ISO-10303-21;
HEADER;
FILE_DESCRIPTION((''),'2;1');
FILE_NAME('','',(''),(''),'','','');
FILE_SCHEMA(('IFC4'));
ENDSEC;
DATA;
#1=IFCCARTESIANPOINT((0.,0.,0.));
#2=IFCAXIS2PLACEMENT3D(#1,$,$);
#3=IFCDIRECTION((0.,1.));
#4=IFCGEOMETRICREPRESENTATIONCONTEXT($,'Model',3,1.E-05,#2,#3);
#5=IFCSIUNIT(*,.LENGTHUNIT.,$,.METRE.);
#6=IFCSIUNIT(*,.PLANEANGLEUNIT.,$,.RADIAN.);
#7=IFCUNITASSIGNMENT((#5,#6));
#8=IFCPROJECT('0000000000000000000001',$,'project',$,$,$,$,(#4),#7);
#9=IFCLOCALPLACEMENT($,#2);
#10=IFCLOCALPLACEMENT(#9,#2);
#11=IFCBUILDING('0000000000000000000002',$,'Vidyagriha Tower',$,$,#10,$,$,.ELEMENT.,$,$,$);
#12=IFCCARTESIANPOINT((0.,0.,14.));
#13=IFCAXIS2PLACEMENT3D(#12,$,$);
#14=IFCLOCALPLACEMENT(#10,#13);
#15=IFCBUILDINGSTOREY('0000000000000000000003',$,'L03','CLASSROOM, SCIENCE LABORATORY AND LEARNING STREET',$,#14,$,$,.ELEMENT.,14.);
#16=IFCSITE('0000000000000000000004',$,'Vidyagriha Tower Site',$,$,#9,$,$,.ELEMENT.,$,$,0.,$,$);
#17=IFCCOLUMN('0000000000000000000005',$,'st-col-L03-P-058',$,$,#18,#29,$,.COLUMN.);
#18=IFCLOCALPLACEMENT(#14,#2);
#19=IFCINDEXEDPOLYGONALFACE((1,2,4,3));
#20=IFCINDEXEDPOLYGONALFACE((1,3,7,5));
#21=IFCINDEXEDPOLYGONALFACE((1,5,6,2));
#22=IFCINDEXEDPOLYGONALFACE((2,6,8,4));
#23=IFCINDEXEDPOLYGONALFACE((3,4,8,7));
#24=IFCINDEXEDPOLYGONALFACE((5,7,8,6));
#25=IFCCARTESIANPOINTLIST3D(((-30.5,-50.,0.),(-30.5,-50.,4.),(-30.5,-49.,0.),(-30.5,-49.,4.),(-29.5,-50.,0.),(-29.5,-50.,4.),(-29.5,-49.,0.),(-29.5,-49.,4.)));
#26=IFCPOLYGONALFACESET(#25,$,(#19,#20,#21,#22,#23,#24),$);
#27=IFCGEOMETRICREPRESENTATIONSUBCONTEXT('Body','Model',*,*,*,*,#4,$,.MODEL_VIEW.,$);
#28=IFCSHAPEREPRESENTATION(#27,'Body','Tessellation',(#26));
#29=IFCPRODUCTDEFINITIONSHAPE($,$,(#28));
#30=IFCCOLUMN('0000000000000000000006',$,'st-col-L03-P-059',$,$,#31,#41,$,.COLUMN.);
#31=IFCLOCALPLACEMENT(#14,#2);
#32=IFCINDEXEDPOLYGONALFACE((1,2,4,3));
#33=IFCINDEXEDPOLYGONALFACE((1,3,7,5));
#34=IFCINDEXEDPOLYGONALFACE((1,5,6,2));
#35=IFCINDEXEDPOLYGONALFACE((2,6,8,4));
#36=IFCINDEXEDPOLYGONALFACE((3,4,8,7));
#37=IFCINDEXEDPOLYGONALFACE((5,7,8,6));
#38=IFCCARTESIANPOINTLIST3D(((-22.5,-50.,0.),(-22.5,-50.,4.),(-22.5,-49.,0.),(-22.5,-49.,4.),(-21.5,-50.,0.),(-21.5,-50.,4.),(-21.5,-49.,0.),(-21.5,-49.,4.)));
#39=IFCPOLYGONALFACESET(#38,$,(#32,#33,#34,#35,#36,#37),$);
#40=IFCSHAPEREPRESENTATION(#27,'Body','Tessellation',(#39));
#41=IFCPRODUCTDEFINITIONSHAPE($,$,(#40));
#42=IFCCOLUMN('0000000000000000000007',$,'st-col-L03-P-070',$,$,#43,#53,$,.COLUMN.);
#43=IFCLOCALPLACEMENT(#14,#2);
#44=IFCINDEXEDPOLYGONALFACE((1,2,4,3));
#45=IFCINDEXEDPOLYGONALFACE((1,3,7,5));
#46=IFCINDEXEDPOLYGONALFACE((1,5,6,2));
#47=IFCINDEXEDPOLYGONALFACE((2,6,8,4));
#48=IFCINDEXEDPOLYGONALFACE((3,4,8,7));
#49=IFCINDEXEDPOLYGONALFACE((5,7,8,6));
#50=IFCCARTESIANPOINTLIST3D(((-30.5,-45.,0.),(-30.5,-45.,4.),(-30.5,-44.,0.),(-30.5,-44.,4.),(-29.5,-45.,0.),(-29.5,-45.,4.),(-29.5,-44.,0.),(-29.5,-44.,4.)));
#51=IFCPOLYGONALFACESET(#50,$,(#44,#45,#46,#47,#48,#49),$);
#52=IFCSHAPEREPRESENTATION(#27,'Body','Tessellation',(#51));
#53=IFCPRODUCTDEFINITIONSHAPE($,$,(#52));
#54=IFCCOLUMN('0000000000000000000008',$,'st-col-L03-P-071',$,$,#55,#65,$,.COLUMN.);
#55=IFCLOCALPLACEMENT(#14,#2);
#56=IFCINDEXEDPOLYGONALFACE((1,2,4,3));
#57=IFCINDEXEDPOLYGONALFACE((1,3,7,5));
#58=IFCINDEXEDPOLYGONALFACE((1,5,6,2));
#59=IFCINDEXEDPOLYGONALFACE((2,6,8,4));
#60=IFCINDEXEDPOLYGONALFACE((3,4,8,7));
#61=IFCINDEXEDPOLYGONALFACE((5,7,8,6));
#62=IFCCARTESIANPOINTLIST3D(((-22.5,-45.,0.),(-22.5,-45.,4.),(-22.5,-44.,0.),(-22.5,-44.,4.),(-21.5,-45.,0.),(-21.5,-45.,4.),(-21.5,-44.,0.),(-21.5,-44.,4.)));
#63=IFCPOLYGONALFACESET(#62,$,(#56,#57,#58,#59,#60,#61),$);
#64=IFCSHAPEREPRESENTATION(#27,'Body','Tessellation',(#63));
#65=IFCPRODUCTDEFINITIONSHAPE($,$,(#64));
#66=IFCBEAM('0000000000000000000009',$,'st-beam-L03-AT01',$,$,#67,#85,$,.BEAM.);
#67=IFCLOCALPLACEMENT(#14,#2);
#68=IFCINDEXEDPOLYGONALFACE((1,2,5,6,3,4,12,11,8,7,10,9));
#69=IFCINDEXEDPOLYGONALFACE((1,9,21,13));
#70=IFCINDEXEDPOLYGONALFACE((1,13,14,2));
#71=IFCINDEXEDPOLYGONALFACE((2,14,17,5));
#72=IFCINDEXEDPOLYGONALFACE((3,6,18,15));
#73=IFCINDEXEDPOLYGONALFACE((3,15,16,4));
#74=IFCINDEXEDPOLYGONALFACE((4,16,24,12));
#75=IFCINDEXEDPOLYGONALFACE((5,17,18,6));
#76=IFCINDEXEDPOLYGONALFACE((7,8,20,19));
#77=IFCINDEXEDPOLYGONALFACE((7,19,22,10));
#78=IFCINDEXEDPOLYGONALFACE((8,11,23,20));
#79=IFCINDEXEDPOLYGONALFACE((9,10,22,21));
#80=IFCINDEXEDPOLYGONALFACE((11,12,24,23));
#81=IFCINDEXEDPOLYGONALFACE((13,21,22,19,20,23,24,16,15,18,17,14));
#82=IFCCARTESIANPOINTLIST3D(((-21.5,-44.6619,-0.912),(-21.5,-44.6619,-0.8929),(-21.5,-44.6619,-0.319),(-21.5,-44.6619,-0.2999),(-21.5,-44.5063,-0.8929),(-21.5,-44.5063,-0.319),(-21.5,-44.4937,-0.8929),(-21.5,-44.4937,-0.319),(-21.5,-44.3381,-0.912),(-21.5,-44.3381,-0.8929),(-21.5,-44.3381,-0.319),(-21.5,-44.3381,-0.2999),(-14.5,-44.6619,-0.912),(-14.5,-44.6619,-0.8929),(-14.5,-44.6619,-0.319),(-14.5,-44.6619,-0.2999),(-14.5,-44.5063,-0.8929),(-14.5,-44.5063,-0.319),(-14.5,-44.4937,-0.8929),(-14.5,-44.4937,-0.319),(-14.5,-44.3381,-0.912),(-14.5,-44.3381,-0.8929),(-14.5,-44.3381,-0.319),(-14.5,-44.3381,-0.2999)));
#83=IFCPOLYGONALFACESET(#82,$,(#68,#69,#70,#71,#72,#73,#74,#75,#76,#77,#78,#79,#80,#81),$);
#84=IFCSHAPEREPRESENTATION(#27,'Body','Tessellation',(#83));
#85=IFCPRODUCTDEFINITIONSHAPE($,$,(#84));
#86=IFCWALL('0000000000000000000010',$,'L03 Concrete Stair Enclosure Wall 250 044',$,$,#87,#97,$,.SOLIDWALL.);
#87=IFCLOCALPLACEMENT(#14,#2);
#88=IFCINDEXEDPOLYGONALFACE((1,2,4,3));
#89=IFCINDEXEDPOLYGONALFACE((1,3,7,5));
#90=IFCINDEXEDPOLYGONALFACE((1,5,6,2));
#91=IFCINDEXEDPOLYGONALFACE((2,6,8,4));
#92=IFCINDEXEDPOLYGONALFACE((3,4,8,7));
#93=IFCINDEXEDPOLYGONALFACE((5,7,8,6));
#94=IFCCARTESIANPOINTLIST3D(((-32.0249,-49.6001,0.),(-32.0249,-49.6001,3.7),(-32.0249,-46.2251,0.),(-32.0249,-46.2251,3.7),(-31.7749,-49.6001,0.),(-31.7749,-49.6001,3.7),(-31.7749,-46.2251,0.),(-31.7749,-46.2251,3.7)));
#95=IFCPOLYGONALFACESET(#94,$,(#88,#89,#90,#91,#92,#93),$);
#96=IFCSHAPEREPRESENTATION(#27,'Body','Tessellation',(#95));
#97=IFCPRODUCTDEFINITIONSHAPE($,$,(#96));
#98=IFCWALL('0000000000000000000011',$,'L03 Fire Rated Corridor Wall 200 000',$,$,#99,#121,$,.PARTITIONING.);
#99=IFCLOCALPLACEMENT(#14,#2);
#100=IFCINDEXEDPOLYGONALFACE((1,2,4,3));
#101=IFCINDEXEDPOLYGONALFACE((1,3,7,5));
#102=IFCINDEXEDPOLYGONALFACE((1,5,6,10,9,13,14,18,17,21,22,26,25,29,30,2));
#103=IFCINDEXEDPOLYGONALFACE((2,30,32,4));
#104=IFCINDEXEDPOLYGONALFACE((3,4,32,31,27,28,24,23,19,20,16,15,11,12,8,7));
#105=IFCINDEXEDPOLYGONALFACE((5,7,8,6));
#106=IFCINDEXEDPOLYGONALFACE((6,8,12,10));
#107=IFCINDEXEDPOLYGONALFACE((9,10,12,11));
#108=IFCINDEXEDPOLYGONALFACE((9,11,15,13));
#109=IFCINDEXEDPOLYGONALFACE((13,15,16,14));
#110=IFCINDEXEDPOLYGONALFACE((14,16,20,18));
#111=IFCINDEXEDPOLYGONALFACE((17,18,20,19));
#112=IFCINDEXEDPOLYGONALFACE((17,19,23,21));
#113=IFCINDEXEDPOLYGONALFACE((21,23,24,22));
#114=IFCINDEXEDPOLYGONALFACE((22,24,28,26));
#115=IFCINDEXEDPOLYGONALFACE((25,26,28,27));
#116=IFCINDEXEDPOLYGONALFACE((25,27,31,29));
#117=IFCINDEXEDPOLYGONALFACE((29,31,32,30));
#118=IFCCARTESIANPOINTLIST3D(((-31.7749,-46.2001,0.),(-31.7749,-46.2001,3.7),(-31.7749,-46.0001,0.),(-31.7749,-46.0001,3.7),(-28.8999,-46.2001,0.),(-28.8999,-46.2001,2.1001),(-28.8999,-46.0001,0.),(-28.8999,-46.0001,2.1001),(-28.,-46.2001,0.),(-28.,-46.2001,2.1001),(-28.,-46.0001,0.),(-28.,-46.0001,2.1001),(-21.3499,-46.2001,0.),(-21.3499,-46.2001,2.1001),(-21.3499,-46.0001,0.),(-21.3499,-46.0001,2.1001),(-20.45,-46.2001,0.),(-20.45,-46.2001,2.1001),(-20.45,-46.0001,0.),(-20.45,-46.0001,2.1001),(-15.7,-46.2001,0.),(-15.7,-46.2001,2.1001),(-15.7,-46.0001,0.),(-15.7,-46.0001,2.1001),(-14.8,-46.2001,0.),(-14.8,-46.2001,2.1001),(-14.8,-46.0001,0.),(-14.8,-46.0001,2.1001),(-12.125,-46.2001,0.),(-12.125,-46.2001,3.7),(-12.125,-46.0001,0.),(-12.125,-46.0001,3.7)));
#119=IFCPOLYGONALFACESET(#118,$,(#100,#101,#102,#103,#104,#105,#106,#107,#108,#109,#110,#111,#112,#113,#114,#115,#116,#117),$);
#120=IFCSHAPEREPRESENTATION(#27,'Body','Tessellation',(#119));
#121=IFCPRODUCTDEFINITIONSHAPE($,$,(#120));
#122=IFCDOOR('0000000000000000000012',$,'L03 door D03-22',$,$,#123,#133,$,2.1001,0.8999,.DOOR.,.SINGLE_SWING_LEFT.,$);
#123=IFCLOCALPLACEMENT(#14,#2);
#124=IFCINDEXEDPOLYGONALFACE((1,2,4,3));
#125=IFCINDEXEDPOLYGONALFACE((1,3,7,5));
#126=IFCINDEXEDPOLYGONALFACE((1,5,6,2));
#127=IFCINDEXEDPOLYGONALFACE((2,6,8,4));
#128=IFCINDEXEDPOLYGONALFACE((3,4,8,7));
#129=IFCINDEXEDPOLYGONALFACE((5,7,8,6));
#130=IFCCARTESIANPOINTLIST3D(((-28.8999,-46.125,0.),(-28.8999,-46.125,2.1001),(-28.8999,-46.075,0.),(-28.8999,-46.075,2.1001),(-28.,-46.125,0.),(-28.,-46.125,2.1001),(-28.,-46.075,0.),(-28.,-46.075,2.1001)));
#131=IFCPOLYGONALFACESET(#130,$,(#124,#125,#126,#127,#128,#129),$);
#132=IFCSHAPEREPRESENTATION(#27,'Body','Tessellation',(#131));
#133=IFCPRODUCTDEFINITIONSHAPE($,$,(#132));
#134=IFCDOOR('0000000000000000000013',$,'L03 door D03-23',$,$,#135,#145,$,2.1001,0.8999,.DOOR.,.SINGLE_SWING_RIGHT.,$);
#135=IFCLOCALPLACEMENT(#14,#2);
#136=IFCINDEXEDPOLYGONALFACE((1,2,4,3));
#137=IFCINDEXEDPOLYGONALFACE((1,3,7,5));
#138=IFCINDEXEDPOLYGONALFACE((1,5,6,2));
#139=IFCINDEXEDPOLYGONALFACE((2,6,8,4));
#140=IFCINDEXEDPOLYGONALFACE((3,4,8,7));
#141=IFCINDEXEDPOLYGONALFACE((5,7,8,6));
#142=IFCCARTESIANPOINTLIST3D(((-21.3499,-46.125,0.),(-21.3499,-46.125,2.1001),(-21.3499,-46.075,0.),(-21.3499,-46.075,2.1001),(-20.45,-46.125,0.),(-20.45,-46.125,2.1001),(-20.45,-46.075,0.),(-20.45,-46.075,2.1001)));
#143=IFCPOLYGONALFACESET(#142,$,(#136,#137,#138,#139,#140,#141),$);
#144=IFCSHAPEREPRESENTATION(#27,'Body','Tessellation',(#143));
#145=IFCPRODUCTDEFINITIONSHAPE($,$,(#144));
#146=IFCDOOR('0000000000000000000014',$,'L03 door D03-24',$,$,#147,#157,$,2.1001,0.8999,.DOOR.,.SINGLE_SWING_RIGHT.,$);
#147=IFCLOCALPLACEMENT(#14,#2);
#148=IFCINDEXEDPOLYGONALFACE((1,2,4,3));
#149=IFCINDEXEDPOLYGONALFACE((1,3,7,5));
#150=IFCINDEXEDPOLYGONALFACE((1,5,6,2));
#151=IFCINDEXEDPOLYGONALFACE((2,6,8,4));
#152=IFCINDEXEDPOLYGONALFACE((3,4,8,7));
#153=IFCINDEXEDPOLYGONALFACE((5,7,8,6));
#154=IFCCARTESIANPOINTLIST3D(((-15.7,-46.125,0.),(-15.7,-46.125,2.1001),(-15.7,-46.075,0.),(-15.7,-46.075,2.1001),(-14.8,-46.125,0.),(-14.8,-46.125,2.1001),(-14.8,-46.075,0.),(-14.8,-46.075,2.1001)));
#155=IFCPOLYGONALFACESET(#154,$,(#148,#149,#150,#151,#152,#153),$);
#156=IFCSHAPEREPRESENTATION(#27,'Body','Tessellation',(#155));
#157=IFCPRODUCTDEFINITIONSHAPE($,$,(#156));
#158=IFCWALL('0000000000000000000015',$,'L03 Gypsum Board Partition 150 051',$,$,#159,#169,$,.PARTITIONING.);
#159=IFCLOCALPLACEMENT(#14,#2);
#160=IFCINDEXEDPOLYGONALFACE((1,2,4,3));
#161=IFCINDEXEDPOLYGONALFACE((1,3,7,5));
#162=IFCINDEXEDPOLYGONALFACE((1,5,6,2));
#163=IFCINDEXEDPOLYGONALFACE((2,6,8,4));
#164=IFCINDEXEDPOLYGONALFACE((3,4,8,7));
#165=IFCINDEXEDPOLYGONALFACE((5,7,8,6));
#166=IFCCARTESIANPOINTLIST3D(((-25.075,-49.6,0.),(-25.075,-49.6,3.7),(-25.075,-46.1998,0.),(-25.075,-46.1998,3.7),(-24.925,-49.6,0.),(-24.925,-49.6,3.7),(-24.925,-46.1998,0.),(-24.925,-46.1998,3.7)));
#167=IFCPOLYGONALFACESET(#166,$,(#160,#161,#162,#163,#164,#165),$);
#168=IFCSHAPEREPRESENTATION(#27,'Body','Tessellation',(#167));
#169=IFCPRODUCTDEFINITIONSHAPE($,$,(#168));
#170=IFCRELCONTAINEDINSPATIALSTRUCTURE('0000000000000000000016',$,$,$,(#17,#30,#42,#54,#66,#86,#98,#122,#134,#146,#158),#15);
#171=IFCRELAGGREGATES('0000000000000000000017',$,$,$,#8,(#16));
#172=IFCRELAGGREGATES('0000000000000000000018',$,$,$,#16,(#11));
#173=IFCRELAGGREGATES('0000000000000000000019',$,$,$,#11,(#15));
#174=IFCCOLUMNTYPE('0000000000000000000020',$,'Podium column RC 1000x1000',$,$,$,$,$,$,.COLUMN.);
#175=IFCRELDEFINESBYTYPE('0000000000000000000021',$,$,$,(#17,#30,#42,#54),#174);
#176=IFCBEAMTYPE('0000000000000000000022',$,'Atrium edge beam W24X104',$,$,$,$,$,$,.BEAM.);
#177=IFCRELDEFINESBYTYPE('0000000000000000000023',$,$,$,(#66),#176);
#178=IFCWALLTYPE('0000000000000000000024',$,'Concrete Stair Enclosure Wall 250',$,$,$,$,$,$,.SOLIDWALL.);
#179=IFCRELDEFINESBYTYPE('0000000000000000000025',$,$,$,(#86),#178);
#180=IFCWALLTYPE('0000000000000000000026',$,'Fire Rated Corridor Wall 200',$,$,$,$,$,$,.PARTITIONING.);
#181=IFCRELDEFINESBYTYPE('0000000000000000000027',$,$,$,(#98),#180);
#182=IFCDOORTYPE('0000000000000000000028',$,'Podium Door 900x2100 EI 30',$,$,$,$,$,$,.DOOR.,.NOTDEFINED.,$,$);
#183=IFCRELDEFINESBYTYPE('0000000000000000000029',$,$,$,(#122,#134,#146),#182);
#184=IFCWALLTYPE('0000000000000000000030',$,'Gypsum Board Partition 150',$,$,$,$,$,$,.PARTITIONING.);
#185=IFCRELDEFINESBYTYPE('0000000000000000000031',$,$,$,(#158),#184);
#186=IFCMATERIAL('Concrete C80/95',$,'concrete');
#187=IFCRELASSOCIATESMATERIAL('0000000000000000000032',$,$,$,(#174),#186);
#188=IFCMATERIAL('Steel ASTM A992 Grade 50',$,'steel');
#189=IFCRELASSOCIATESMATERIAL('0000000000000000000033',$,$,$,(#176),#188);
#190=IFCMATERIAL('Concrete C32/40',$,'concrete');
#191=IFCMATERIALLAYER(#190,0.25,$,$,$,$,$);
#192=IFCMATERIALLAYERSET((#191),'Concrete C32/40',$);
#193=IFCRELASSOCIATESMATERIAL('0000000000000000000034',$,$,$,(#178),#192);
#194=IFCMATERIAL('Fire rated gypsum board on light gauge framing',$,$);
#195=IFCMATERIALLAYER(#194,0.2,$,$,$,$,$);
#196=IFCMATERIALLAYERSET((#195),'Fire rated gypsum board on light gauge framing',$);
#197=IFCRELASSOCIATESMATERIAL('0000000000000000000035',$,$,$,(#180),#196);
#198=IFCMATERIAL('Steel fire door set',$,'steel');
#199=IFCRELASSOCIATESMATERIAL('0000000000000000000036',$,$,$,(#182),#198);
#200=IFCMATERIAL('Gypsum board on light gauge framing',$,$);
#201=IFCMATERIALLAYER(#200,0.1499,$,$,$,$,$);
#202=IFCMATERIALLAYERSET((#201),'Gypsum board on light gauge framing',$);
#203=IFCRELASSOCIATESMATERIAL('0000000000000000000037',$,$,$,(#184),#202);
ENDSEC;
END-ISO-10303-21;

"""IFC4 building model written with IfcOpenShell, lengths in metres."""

from ifc_helpers import new_model, si_unit, direction, frame, frame_2d, origin, origin_2d, place, context, subcontext, project, spatial, rectangle, i_section, extrude, material, layer, layer_set, material_profile, profile_set, type_object, element, fill, save


model = new_model("IFC4")

# Units and contexts
model_context = context("Model", 3, precision=1e-05, world=origin(), true_north=direction((0.0, 1.0)))
body_context = subcontext(model_context, "Body", "Model", "MODEL_VIEW")
ifc_project = project(units=[si_unit("LENGTHUNIT", "METRE"), si_unit("PLANEANGLEUNIT", "RADIAN")], contexts=[model_context])

# Site, building, storey
site_placement = place(None, origin())
site = spatial("IfcSite", under=ifc_project, at=site_placement, Name="Vidyagriha Tower Site", CompositionType="ELEMENT", RefElevation=0.0)
building_placement = place(site_placement, origin())
building = spatial("IfcBuilding", under=site, at=building_placement, Name="Vidyagriha Tower", CompositionType="ELEMENT")
storey_placement = place(building_placement, frame((0.0, 0.0, 14.0)))
storey = spatial("IfcBuildingStorey", under=building, at=storey_placement, Name="L03", Description="CLASSROOM, SCIENCE LABORATORY AND LEARNING STREET", CompositionType="ELEMENT", Elevation=14.0)

# Columns
ifc_material_1 = material(Name="Concrete C80/95", Category="concrete")
ifc_material_profile_1 = material_profile(ifc_material_1, rectangle(XDim=1.0, YDim=1.0, at=origin_2d()), Name="RC 1000x1000")
ifc_profile_set_1 = profile_set([ifc_material_profile_1], Name="Concrete C80/95")
column_type = type_object("IfcColumnType", Name="Podium column RC 1000x1000", PredefinedType="COLUMN", material=ifc_profile_set_1)
for number, where, name in (
    (1, (-30.0, -49.5, 0.0), "st-col-L03-P-058"),
    (2, (-22.0, -49.5, 0.0), "st-col-L03-P-059"),
    (3, (-30.0, -44.5, 0.0), "st-col-L03-P-070"),
    (4, (-22.0, -44.5, 0.0), "st-col-L03-P-071"),
):
    element("IfcColumn", number, at=place(storey_placement, frame(where)), inside=storey, type_object=column_type, Name=name, PredefinedType="COLUMN", context=body_context, shape_type="SweptSolid", body=[
        extrude(rectangle(XDim=1.0, YDim=1.0, at=origin_2d()), origin(), (0.0, 0.0, 1.0), 4.0),
    ])

# Beam
ifc_material_2 = material(Name="Steel ASTM A992 Grade 50", Category="steel")
ifc_material_profile_2 = material_profile(ifc_material_2, i_section(OverallWidth=0.3237, OverallDepth=0.6121, WebThickness=0.0127, FlangeThickness=0.019, at=origin_2d()), Name="W24X104")
ifc_profile_set_2 = profile_set([ifc_material_profile_2], Name="Steel ASTM A992 Grade 50")
beam_type = type_object("IfcBeamType", Name="Atrium edge beam W24X104", PredefinedType="BEAM", material=ifc_profile_set_2)
beam_placement = place(storey_placement, frame((-21.5, -44.5, -0.606), z_axis=(1.0, 0.0, 0.0), x_axis=(0.0, 1.0, 0.0)))
element("IfcBeam", 5, at=beam_placement, inside=storey, type_object=beam_type, Name="st-beam-L03-AT01", PredefinedType="BEAM", context=body_context, shape_type="SweptSolid", body=[
    extrude(i_section(OverallWidth=0.3237, OverallDepth=0.6121, WebThickness=0.0127, FlangeThickness=0.019, at=origin_2d()), origin(), (0.0, 0.0, 1.0), 7.0),
])

# Wall
ifc_material_3 = material(Name="Concrete C32/40", Category="concrete")
ifc_layer_1 = layer(ifc_material_3, 0.25)
ifc_layer_set_1 = layer_set([ifc_layer_1], Name="Concrete C32/40")
wall_type_1 = type_object("IfcWallType", Name="Concrete Stair Enclosure Wall 250", PredefinedType="SOLIDWALL", material=ifc_layer_set_1)
wall_1_placement = place(storey_placement, frame((-31.8999, -49.6001, 0.0), z_axis=(0.0, 0.0, 1.0), x_axis=(0.0, 1.0, 0.0)))
element("IfcWall", 6, at=wall_1_placement, inside=storey, type_object=wall_type_1, Name="L03 Concrete Stair Enclosure Wall 250 044", PredefinedType="SOLIDWALL", context=body_context, shape_type="SweptSolid", body=[
    extrude(rectangle(XDim=3.375, YDim=0.25, at=frame_2d((1.6875, 0.0))), origin(), (0.0, 0.0, 1.0), 3.7),
])

# Wall, openings, doors
ifc_material_4 = material(Name="Fire rated gypsum board on light gauge framing")
ifc_layer_2 = layer(ifc_material_4, 0.2)
ifc_layer_set_2 = layer_set([ifc_layer_2], Name="Fire rated gypsum board on light gauge framing")
wall_type_2 = type_object("IfcWallType", Name="Fire Rated Corridor Wall 200", PredefinedType="PARTITIONING", material=ifc_layer_set_2)
wall_2_placement = place(storey_placement, frame((-31.7749, -46.1001, 0.0)))
wall_2 = element("IfcWall", 7, at=wall_2_placement, inside=storey, type_object=wall_type_2, Name="L03 Fire Rated Corridor Wall 200 000", PredefinedType="PARTITIONING", context=body_context, shape_type="SweptSolid", body=[
    extrude(rectangle(XDim=19.6499, YDim=0.2, at=frame_2d((9.825, 0.0))), origin(), (0.0, 0.0, 1.0), 3.7),
])
opening_1_placement = place(wall_2_placement, frame((2.875, 0.0, 0.0)))
opening_1 = element("IfcOpeningElement", 8, at=opening_1_placement, cuts=wall_2, PredefinedType="OPENING", context=body_context, shape_type="SweptSolid", body=[
    extrude(rectangle(XDim=0.8999, YDim=2.1001, at=frame_2d((0.45, 1.05))), frame((0.0, 0.1099, 0.0), z_axis=(0.0, -1.0, 0.0), x_axis=(1.0, 0.0, 0.0)), (0.0, 0.0, 1.0), 0.22),
])
opening_2_placement = place(wall_2_placement, frame((10.425, 0.0, 0.0)))
opening_2 = element("IfcOpeningElement", 9, at=opening_2_placement, cuts=wall_2, PredefinedType="OPENING", context=body_context, shape_type="SweptSolid", body=[
    extrude(rectangle(XDim=0.8999, YDim=2.1001, at=frame_2d((0.45, 1.05))), frame((0.0, 0.1099, 0.0), z_axis=(0.0, -1.0, 0.0), x_axis=(1.0, 0.0, 0.0)), (0.0, 0.0, 1.0), 0.22),
])
opening_3_placement = place(wall_2_placement, frame((16.075, 0.0, 0.0)))
opening_3 = element("IfcOpeningElement", 10, at=opening_3_placement, cuts=wall_2, PredefinedType="OPENING", context=body_context, shape_type="SweptSolid", body=[
    extrude(rectangle(XDim=0.8999, YDim=2.1001, at=frame_2d((0.45, 1.05))), frame((0.0, 0.1099, 0.0), z_axis=(0.0, -1.0, 0.0), x_axis=(1.0, 0.0, 0.0)), (0.0, 0.0, 1.0), 0.22),
])
ifc_material_5 = material(Name="Steel fire door set", Category="steel")
door_type = type_object("IfcDoorType", Name="Podium Door 900x2100 EI 30", OperationType="NOTDEFINED", PredefinedType="DOOR", material=ifc_material_5)
door_1_placement = place(opening_1_placement, frame((0.8999, 0.0, 0.0), z_axis=(0.0, 0.0, 1.0), x_axis=(-1.0, 0.0, 0.0)))
door_1 = element("IfcDoor", 11, at=door_1_placement, inside=storey, type_object=door_type, Name="L03 door D03-22", OperationType="SINGLE_SWING_LEFT", OverallHeight=2.1001, OverallWidth=0.8999, PredefinedType="DOOR", context=body_context, shape_type="SweptSolid", body=[
    extrude(rectangle(XDim=0.8999, YDim=2.1001, at=frame_2d((0.45, 1.05))), frame((0.0, 0.0249, 0.0), z_axis=(0.0, -1.0, 0.0), x_axis=(1.0, 0.0, 0.0)), (0.0, 0.0, 1.0), 0.05),
])
fill(opening_1, door_1)
door_2_placement = place(opening_2_placement, frame((0.8999, 0.0, 0.0), z_axis=(0.0, 0.0, 1.0), x_axis=(-1.0, 0.0, 0.0)))
door_2 = element("IfcDoor", 12, at=door_2_placement, inside=storey, type_object=door_type, Name="L03 door D03-23", OperationType="SINGLE_SWING_RIGHT", OverallHeight=2.1001, OverallWidth=0.8999, PredefinedType="DOOR", context=body_context, shape_type="SweptSolid", body=[
    extrude(rectangle(XDim=0.8999, YDim=2.1001, at=frame_2d((0.45, 1.05))), frame((0.0, 0.0249, 0.0), z_axis=(0.0, -1.0, 0.0), x_axis=(1.0, 0.0, 0.0)), (0.0, 0.0, 1.0), 0.05),
])
fill(opening_2, door_2)
door_3_placement = place(opening_3_placement, frame((0.8999, 0.0, 0.0), z_axis=(0.0, 0.0, 1.0), x_axis=(-1.0, 0.0, 0.0)))
door_3 = element("IfcDoor", 13, at=door_3_placement, inside=storey, type_object=door_type, Name="L03 door D03-24", OperationType="SINGLE_SWING_RIGHT", OverallHeight=2.1001, OverallWidth=0.8999, PredefinedType="DOOR", context=body_context, shape_type="SweptSolid", body=[
    extrude(rectangle(XDim=0.8999, YDim=2.1001, at=frame_2d((0.45, 1.05))), frame((0.0, 0.0249, 0.0), z_axis=(0.0, -1.0, 0.0), x_axis=(1.0, 0.0, 0.0)), (0.0, 0.0, 1.0), 0.05),
])
fill(opening_3, door_3)

# Wall
ifc_material_6 = material(Name="Gypsum board on light gauge framing")
ifc_layer_3 = layer(ifc_material_6, 0.1499)
ifc_layer_set_3 = layer_set([ifc_layer_3], Name="Gypsum board on light gauge framing")
wall_type_3 = type_object("IfcWallType", Name="Gypsum Board Partition 150", PredefinedType="PARTITIONING", material=ifc_layer_set_3)
wall_3_placement = place(storey_placement, frame((-25.0, -49.6001, 0.0), z_axis=(0.0, 0.0, 1.0), x_axis=(0.0, 1.0, 0.0)))
element("IfcWall", 14, at=wall_3_placement, inside=storey, type_object=wall_type_3, Name="L03 Gypsum Board Partition 150 051", PredefinedType="PARTITIONING", context=body_context, shape_type="SweptSolid", body=[
    extrude(rectangle(XDim=3.4001, YDim=0.1499, at=frame_2d((1.7002, 0.0))), origin(), (0.0, 0.0, 1.0), 3.7),
])

save(model, "model.ifc")
